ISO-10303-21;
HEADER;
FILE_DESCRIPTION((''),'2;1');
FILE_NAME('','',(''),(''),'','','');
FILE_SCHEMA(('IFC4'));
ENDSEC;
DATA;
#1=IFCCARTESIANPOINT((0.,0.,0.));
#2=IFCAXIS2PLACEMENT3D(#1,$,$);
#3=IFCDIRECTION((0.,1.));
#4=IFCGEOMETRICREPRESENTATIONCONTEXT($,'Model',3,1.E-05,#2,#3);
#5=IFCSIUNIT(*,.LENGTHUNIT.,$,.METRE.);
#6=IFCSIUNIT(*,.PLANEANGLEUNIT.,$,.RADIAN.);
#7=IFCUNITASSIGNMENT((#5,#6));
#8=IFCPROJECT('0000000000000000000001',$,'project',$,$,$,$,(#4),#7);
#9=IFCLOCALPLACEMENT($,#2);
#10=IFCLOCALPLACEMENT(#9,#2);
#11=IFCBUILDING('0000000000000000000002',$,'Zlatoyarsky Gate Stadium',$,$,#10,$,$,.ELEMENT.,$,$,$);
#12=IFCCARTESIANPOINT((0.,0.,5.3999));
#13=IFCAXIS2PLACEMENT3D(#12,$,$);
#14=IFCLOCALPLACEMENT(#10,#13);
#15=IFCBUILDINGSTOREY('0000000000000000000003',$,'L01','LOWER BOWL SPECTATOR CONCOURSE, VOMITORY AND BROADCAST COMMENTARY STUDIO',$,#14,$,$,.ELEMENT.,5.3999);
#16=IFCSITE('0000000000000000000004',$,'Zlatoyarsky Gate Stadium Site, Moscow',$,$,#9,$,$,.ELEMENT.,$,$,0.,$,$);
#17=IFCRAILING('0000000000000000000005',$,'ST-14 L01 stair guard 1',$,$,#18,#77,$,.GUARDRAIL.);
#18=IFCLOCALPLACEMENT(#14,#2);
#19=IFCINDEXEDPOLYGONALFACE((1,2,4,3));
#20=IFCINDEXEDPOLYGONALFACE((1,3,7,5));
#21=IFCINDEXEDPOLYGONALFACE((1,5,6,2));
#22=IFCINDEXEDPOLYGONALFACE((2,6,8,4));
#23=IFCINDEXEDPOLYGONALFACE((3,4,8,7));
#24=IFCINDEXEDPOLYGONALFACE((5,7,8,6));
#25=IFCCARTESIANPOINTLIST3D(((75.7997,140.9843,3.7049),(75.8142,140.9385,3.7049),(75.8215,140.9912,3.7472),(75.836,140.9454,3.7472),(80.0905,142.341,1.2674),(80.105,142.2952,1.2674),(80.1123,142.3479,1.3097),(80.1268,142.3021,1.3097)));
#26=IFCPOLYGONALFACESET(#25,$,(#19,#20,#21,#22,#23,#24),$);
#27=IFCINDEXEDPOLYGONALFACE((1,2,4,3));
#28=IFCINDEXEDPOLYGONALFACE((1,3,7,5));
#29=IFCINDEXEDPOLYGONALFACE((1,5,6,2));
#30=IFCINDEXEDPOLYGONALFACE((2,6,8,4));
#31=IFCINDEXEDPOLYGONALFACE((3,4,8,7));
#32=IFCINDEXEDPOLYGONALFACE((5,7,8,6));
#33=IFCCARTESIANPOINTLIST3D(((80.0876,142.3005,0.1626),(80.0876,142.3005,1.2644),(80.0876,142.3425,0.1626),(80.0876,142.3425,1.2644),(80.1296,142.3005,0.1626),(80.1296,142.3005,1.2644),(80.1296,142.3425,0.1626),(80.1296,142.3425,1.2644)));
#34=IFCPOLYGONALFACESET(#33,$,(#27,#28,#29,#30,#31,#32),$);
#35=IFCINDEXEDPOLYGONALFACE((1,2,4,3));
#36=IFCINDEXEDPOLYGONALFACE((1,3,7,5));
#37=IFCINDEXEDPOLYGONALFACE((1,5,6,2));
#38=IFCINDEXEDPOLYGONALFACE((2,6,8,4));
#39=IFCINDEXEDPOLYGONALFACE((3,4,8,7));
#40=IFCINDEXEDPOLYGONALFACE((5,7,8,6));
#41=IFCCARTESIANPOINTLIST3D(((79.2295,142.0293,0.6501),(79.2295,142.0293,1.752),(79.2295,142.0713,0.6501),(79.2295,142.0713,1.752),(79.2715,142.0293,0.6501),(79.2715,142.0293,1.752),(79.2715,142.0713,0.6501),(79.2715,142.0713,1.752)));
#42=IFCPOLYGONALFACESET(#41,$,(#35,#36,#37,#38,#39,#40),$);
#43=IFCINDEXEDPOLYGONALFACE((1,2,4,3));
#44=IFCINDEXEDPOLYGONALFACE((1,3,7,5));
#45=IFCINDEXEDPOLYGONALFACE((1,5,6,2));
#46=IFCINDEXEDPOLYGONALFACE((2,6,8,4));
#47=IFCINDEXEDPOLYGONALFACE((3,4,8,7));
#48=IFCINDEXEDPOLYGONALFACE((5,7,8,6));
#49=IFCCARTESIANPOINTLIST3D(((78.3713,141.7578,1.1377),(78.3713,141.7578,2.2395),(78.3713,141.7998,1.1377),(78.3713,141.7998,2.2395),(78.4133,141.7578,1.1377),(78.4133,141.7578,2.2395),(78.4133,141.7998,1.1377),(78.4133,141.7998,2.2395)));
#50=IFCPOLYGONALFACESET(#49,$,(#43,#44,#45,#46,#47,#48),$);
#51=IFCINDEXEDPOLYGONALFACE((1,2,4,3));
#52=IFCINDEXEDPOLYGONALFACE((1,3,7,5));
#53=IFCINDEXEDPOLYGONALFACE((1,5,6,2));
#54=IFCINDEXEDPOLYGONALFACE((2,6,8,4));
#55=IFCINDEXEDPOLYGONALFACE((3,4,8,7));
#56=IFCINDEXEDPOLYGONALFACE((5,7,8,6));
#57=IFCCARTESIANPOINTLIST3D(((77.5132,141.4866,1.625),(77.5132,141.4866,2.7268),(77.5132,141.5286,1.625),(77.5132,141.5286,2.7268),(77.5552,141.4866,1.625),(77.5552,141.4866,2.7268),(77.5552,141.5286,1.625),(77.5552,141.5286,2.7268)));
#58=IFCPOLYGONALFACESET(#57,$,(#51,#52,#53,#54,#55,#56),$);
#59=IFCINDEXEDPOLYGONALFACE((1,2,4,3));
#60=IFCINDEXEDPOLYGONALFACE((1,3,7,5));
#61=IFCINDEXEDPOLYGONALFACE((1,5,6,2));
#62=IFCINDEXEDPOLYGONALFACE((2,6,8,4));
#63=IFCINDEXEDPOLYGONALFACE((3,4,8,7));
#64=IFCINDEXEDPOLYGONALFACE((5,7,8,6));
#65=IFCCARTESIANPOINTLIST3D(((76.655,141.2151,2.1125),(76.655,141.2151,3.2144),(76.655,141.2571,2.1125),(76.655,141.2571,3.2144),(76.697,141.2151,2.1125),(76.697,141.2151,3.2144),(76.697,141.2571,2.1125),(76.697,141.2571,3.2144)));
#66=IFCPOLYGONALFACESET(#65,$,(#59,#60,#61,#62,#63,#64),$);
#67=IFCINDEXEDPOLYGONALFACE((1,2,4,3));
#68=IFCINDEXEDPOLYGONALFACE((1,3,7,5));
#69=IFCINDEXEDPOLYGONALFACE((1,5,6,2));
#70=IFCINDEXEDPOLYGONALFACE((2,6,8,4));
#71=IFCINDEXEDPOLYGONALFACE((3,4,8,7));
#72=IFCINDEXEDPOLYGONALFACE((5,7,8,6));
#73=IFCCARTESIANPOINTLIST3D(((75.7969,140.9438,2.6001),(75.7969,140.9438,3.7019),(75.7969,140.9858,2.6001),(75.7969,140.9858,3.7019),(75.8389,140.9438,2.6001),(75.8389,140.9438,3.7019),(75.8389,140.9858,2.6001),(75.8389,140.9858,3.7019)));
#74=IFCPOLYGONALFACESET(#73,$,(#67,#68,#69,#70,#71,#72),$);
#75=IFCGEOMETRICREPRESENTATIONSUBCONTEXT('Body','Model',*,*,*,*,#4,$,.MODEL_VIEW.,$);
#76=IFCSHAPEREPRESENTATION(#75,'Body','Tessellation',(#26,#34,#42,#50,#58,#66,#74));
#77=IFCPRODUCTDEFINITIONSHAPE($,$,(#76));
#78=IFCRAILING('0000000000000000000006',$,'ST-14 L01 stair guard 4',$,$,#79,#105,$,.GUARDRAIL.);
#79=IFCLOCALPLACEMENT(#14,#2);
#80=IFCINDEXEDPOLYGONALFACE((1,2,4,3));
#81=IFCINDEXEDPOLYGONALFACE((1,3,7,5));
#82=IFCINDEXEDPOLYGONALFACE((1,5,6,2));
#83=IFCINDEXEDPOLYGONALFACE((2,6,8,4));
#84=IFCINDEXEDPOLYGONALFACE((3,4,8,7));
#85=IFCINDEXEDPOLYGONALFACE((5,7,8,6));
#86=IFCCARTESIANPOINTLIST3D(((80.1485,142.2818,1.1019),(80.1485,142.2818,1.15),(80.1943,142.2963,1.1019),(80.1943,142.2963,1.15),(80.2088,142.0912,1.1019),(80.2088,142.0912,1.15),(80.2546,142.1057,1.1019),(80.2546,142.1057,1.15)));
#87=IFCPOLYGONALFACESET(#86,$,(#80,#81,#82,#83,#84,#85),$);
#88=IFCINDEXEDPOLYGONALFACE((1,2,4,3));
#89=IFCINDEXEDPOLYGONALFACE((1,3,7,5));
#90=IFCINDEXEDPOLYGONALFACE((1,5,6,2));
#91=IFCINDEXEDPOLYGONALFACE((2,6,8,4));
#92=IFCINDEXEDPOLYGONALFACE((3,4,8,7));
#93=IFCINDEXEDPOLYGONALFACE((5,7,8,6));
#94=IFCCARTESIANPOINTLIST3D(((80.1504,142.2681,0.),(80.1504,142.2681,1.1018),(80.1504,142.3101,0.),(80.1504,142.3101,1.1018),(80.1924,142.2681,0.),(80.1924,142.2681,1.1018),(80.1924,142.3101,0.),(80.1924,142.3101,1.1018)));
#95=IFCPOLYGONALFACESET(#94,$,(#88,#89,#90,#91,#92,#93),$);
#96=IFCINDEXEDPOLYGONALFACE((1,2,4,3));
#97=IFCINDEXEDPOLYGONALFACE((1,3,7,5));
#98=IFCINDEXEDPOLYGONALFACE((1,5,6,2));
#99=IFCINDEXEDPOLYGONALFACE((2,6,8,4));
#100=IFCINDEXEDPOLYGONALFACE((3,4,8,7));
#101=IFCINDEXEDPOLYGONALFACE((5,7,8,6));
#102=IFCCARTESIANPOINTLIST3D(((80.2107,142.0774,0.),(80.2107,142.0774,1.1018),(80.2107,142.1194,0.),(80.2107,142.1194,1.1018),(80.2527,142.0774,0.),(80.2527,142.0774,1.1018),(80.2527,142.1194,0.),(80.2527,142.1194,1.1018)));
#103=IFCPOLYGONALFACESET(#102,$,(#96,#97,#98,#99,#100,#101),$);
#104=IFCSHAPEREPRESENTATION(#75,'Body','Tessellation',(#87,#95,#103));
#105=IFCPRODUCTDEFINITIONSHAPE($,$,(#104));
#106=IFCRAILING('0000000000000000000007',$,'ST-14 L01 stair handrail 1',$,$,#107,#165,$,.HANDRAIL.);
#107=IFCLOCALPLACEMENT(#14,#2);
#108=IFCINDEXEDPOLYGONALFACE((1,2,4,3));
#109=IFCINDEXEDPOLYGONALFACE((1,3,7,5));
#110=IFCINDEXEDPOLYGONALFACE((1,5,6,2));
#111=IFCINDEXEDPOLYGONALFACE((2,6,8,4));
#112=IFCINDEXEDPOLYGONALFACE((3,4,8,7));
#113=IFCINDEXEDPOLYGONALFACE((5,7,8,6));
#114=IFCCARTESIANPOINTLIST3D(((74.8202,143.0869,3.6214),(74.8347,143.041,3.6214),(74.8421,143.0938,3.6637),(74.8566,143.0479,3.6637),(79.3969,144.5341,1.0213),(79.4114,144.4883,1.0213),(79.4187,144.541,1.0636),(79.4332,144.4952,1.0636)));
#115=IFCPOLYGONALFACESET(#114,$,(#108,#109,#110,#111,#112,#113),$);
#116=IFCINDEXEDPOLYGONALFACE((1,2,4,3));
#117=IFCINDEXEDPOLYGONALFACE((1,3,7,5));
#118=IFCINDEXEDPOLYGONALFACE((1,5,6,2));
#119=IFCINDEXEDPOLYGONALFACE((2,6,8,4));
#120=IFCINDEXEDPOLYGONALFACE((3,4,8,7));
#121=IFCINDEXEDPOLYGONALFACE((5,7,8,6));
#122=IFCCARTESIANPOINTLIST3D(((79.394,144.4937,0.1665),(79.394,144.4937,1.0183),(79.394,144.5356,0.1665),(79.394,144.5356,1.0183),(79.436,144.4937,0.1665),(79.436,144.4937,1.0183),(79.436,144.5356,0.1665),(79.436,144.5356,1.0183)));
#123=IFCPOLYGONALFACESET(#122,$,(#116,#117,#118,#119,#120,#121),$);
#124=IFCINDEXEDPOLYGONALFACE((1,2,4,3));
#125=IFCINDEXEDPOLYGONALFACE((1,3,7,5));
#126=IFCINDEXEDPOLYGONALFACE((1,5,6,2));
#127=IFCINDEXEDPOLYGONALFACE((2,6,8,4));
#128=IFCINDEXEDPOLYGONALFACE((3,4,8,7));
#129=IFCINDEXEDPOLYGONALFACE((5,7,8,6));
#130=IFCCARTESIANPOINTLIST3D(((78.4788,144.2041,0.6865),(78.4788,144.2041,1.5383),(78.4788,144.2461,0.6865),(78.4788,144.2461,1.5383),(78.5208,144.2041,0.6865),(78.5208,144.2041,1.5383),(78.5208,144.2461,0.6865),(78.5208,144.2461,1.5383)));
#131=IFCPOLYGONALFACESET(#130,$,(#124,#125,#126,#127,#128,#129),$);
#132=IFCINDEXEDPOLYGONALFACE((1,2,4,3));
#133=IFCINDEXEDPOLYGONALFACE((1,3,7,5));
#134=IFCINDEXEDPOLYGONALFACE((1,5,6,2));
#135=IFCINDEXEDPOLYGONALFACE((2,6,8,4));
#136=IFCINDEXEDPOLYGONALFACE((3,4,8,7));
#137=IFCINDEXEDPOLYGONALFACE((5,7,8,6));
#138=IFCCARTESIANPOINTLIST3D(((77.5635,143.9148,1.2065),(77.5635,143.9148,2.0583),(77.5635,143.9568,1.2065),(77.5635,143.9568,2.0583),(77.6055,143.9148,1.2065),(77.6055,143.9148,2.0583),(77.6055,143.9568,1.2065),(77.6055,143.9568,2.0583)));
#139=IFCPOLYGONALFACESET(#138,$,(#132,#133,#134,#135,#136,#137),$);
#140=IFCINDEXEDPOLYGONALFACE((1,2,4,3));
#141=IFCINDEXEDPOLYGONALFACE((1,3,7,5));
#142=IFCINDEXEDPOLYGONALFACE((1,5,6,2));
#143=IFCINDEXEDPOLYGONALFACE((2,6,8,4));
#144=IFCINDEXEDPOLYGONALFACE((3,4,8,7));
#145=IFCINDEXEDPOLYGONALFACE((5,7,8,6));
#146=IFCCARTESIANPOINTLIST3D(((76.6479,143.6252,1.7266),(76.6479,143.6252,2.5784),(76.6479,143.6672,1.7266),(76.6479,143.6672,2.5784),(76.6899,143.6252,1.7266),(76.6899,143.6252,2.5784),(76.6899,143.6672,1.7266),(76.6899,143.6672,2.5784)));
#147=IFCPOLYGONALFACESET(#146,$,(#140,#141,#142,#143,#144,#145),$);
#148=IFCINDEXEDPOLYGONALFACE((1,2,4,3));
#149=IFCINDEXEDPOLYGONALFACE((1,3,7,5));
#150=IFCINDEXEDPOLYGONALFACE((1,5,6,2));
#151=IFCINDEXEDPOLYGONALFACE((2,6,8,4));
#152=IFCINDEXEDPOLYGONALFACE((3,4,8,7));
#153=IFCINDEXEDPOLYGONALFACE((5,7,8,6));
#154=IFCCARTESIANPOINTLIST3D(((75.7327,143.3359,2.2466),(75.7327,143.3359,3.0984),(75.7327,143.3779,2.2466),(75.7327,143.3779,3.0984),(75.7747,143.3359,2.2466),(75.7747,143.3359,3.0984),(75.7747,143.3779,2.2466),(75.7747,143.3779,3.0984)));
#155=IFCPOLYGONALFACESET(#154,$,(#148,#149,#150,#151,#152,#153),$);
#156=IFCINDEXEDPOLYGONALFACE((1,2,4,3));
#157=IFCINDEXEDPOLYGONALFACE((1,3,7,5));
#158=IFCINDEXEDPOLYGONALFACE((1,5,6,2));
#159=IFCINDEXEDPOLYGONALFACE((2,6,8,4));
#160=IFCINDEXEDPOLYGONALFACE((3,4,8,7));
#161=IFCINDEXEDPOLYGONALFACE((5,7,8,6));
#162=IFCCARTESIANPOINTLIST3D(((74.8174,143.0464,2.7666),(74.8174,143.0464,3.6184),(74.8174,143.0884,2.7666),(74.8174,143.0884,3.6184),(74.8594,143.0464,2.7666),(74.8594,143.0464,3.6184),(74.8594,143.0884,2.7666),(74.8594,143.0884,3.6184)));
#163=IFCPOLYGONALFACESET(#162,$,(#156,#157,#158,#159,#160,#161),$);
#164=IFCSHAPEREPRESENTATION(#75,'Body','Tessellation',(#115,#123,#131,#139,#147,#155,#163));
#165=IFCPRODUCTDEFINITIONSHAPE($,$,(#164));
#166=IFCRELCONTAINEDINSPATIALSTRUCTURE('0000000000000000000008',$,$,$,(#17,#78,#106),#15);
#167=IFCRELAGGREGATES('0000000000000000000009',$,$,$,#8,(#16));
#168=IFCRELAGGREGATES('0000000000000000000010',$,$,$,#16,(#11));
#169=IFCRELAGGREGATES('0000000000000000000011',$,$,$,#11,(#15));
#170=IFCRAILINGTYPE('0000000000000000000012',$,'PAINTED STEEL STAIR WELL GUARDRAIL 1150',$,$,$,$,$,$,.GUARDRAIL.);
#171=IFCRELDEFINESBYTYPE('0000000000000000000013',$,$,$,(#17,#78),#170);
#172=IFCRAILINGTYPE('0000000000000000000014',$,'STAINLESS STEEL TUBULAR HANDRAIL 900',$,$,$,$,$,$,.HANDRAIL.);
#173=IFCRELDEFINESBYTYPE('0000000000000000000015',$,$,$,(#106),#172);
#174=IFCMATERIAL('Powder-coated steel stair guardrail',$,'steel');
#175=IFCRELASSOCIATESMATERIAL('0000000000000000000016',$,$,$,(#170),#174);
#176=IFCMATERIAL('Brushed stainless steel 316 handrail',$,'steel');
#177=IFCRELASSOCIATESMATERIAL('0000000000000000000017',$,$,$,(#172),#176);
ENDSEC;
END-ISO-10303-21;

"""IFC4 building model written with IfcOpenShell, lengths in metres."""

from ifc_helpers import new_model, si_unit, direction, frame, origin, origin_2d, place, context, subcontext, project, spatial, rectangle, extrude, material, type_object, element, save


model = new_model("IFC4")

# Units and contexts
model_context = context("Model", 3, precision=1e-05, world=origin(), true_north=direction((0.0, 1.0)))
body_context = subcontext(model_context, "Body", "Model", "MODEL_VIEW")
ifc_project = project(units=[si_unit("LENGTHUNIT", "METRE"), si_unit("PLANEANGLEUNIT", "RADIAN")], contexts=[model_context])

# Site, building, storey
site_placement = place(None, origin())
site = spatial("IfcSite", under=ifc_project, at=site_placement, Name="Zlatoyarsky Gate Stadium Site, Moscow", CompositionType="ELEMENT", RefElevation=0.0)
building_placement = place(site_placement, origin())
building = spatial("IfcBuilding", under=site, at=building_placement, Name="Zlatoyarsky Gate Stadium", CompositionType="ELEMENT")
storey_placement = place(building_placement, frame((0.0, 0.0, 5.3999)))
storey = spatial("IfcBuildingStorey", under=building, at=storey_placement, Name="L01", Description="LOWER BOWL SPECTATOR CONCOURSE, VOMITORY AND BROADCAST COMMENTARY STUDIO", CompositionType="ELEMENT", Elevation=5.3999)

# Railings
ifc_material_1 = material(Name="Powder-coated steel stair guardrail", Category="steel")
railing_type_1 = type_object("IfcRailingType", Name="PAINTED STEEL STAIR WELL GUARDRAIL 1150", PredefinedType="GUARDRAIL", material=ifc_material_1)
railing_1_placement = place(storey_placement, frame((80.1086, 142.3215, 0.1626)))
element("IfcRailing", 1, at=railing_1_placement, inside=storey, type_object=railing_type_1, Name="ST-14 L01 stair guard 1", PredefinedType="GUARDRAIL", context=body_context, shape_type="SweptSolid", body=[
    extrude(rectangle(XDim=0.0481, YDim=0.0481, at=origin_2d()), frame((0.0, 0.0, 1.126), z_axis=(-0.838388, -0.265088, 0.476271), x_axis=(0.301477, -0.953474, 0.0)), (0.0, 0.0, 1.0), 5.1179),
    extrude(rectangle(XDim=0.042, YDim=0.042, at=origin_2d()), origin(), (0.0, 0.0, 1.0), 1.1018),
    extrude(rectangle(XDim=0.042, YDim=0.042, at=origin_2d()), frame((-0.8582, -0.2712, 0.4875)), (0.0, 0.0, 1.0), 1.1018),
    extrude(rectangle(XDim=0.042, YDim=0.042, at=origin_2d()), frame((-1.7163, -0.5427, 0.9751)), (0.0, 0.0, 1.0), 1.1018),
    extrude(rectangle(XDim=0.042, YDim=0.042, at=origin_2d()), frame((-2.5745, -0.814, 1.4624)), (0.0, 0.0, 1.0), 1.1018),
    extrude(rectangle(XDim=0.042, YDim=0.042, at=origin_2d()), frame((-3.4326, -1.0854, 1.95)), (0.0, 0.0, 1.0), 1.1018),
    extrude(rectangle(XDim=0.042, YDim=0.042, at=origin_2d()), frame((-4.2908, -1.3567, 2.4375)), (0.0, 0.0, 1.0), 1.1018),
])
railing_2_placement = place(storey_placement, frame((80.1714, 142.2891, 0.0)))
element("IfcRailing", 2, at=railing_2_placement, inside=storey, type_object=railing_type_1, Name="ST-14 L01 stair guard 4", PredefinedType="GUARDRAIL", context=body_context, shape_type="SweptSolid", body=[
    extrude(rectangle(XDim=0.0481, YDim=0.0481, at=origin_2d()), frame((0.0, 0.0, 1.126), z_axis=(0.30154, -0.953453, 0.0), x_axis=(0.953453, 0.30154, 0.0)), (0.0, 0.0, 1.0), 0.2),
    extrude(rectangle(XDim=0.042, YDim=0.042, at=origin_2d()), origin(), (0.0, 0.0, 1.0), 1.1018),
    extrude(rectangle(XDim=0.042, YDim=0.042, at=origin_2d()), frame((0.0603, -0.1907, 0.0)), (0.0, 0.0, 1.0), 1.1018),
])
ifc_material_2 = material(Name="Brushed stainless steel 316 handrail", Category="steel")
railing_type_2 = type_object("IfcRailingType", Name="STAINLESS STEEL TUBULAR HANDRAIL 900", PredefinedType="HANDRAIL", material=ifc_material_2)
railing_3_placement = place(storey_placement, frame((79.415, 144.5146, 0.1665)))
element("IfcRailing", 3, at=railing_3_placement, inside=storey, type_object=railing_type_2, Name="ST-14 L01 stair handrail 1", PredefinedType="HANDRAIL", context=body_context, shape_type="SweptSolid", body=[
    extrude(rectangle(XDim=0.0481, YDim=0.0481, at=origin_2d()), frame((0.0, 0.0, 0.876), z_axis=(-0.838367, -0.265115, 0.476294), x_axis=(0.301511, -0.953463, 0.0)), (0.0, 0.0, 1.0), 5.459),
    extrude(rectangle(XDim=0.042, YDim=0.042, at=origin_2d()), origin(), (0.0, 0.0, 1.0), 0.8518),
    extrude(rectangle(XDim=0.042, YDim=0.042, at=origin_2d()), frame((-0.9153, -0.2896, 0.52)), (0.0, 0.0, 1.0), 0.8518),
    extrude(rectangle(XDim=0.042, YDim=0.042, at=origin_2d()), frame((-1.8306, -0.5789, 1.04)), (0.0, 0.0, 1.0), 0.8518),
    extrude(rectangle(XDim=0.042, YDim=0.042, at=origin_2d()), frame((-2.7461, -0.8684, 1.5601)), (0.0, 0.0, 1.0), 0.8518),
    extrude(rectangle(XDim=0.042, YDim=0.042, at=origin_2d()), frame((-3.6614, -1.1577, 2.0801)), (0.0, 0.0, 1.0), 0.8518),
    extrude(rectangle(XDim=0.042, YDim=0.042, at=origin_2d()), frame((-4.5767, -1.4473, 2.6001)), (0.0, 0.0, 1.0), 0.8518),
])

save(model, "model.ifc")
